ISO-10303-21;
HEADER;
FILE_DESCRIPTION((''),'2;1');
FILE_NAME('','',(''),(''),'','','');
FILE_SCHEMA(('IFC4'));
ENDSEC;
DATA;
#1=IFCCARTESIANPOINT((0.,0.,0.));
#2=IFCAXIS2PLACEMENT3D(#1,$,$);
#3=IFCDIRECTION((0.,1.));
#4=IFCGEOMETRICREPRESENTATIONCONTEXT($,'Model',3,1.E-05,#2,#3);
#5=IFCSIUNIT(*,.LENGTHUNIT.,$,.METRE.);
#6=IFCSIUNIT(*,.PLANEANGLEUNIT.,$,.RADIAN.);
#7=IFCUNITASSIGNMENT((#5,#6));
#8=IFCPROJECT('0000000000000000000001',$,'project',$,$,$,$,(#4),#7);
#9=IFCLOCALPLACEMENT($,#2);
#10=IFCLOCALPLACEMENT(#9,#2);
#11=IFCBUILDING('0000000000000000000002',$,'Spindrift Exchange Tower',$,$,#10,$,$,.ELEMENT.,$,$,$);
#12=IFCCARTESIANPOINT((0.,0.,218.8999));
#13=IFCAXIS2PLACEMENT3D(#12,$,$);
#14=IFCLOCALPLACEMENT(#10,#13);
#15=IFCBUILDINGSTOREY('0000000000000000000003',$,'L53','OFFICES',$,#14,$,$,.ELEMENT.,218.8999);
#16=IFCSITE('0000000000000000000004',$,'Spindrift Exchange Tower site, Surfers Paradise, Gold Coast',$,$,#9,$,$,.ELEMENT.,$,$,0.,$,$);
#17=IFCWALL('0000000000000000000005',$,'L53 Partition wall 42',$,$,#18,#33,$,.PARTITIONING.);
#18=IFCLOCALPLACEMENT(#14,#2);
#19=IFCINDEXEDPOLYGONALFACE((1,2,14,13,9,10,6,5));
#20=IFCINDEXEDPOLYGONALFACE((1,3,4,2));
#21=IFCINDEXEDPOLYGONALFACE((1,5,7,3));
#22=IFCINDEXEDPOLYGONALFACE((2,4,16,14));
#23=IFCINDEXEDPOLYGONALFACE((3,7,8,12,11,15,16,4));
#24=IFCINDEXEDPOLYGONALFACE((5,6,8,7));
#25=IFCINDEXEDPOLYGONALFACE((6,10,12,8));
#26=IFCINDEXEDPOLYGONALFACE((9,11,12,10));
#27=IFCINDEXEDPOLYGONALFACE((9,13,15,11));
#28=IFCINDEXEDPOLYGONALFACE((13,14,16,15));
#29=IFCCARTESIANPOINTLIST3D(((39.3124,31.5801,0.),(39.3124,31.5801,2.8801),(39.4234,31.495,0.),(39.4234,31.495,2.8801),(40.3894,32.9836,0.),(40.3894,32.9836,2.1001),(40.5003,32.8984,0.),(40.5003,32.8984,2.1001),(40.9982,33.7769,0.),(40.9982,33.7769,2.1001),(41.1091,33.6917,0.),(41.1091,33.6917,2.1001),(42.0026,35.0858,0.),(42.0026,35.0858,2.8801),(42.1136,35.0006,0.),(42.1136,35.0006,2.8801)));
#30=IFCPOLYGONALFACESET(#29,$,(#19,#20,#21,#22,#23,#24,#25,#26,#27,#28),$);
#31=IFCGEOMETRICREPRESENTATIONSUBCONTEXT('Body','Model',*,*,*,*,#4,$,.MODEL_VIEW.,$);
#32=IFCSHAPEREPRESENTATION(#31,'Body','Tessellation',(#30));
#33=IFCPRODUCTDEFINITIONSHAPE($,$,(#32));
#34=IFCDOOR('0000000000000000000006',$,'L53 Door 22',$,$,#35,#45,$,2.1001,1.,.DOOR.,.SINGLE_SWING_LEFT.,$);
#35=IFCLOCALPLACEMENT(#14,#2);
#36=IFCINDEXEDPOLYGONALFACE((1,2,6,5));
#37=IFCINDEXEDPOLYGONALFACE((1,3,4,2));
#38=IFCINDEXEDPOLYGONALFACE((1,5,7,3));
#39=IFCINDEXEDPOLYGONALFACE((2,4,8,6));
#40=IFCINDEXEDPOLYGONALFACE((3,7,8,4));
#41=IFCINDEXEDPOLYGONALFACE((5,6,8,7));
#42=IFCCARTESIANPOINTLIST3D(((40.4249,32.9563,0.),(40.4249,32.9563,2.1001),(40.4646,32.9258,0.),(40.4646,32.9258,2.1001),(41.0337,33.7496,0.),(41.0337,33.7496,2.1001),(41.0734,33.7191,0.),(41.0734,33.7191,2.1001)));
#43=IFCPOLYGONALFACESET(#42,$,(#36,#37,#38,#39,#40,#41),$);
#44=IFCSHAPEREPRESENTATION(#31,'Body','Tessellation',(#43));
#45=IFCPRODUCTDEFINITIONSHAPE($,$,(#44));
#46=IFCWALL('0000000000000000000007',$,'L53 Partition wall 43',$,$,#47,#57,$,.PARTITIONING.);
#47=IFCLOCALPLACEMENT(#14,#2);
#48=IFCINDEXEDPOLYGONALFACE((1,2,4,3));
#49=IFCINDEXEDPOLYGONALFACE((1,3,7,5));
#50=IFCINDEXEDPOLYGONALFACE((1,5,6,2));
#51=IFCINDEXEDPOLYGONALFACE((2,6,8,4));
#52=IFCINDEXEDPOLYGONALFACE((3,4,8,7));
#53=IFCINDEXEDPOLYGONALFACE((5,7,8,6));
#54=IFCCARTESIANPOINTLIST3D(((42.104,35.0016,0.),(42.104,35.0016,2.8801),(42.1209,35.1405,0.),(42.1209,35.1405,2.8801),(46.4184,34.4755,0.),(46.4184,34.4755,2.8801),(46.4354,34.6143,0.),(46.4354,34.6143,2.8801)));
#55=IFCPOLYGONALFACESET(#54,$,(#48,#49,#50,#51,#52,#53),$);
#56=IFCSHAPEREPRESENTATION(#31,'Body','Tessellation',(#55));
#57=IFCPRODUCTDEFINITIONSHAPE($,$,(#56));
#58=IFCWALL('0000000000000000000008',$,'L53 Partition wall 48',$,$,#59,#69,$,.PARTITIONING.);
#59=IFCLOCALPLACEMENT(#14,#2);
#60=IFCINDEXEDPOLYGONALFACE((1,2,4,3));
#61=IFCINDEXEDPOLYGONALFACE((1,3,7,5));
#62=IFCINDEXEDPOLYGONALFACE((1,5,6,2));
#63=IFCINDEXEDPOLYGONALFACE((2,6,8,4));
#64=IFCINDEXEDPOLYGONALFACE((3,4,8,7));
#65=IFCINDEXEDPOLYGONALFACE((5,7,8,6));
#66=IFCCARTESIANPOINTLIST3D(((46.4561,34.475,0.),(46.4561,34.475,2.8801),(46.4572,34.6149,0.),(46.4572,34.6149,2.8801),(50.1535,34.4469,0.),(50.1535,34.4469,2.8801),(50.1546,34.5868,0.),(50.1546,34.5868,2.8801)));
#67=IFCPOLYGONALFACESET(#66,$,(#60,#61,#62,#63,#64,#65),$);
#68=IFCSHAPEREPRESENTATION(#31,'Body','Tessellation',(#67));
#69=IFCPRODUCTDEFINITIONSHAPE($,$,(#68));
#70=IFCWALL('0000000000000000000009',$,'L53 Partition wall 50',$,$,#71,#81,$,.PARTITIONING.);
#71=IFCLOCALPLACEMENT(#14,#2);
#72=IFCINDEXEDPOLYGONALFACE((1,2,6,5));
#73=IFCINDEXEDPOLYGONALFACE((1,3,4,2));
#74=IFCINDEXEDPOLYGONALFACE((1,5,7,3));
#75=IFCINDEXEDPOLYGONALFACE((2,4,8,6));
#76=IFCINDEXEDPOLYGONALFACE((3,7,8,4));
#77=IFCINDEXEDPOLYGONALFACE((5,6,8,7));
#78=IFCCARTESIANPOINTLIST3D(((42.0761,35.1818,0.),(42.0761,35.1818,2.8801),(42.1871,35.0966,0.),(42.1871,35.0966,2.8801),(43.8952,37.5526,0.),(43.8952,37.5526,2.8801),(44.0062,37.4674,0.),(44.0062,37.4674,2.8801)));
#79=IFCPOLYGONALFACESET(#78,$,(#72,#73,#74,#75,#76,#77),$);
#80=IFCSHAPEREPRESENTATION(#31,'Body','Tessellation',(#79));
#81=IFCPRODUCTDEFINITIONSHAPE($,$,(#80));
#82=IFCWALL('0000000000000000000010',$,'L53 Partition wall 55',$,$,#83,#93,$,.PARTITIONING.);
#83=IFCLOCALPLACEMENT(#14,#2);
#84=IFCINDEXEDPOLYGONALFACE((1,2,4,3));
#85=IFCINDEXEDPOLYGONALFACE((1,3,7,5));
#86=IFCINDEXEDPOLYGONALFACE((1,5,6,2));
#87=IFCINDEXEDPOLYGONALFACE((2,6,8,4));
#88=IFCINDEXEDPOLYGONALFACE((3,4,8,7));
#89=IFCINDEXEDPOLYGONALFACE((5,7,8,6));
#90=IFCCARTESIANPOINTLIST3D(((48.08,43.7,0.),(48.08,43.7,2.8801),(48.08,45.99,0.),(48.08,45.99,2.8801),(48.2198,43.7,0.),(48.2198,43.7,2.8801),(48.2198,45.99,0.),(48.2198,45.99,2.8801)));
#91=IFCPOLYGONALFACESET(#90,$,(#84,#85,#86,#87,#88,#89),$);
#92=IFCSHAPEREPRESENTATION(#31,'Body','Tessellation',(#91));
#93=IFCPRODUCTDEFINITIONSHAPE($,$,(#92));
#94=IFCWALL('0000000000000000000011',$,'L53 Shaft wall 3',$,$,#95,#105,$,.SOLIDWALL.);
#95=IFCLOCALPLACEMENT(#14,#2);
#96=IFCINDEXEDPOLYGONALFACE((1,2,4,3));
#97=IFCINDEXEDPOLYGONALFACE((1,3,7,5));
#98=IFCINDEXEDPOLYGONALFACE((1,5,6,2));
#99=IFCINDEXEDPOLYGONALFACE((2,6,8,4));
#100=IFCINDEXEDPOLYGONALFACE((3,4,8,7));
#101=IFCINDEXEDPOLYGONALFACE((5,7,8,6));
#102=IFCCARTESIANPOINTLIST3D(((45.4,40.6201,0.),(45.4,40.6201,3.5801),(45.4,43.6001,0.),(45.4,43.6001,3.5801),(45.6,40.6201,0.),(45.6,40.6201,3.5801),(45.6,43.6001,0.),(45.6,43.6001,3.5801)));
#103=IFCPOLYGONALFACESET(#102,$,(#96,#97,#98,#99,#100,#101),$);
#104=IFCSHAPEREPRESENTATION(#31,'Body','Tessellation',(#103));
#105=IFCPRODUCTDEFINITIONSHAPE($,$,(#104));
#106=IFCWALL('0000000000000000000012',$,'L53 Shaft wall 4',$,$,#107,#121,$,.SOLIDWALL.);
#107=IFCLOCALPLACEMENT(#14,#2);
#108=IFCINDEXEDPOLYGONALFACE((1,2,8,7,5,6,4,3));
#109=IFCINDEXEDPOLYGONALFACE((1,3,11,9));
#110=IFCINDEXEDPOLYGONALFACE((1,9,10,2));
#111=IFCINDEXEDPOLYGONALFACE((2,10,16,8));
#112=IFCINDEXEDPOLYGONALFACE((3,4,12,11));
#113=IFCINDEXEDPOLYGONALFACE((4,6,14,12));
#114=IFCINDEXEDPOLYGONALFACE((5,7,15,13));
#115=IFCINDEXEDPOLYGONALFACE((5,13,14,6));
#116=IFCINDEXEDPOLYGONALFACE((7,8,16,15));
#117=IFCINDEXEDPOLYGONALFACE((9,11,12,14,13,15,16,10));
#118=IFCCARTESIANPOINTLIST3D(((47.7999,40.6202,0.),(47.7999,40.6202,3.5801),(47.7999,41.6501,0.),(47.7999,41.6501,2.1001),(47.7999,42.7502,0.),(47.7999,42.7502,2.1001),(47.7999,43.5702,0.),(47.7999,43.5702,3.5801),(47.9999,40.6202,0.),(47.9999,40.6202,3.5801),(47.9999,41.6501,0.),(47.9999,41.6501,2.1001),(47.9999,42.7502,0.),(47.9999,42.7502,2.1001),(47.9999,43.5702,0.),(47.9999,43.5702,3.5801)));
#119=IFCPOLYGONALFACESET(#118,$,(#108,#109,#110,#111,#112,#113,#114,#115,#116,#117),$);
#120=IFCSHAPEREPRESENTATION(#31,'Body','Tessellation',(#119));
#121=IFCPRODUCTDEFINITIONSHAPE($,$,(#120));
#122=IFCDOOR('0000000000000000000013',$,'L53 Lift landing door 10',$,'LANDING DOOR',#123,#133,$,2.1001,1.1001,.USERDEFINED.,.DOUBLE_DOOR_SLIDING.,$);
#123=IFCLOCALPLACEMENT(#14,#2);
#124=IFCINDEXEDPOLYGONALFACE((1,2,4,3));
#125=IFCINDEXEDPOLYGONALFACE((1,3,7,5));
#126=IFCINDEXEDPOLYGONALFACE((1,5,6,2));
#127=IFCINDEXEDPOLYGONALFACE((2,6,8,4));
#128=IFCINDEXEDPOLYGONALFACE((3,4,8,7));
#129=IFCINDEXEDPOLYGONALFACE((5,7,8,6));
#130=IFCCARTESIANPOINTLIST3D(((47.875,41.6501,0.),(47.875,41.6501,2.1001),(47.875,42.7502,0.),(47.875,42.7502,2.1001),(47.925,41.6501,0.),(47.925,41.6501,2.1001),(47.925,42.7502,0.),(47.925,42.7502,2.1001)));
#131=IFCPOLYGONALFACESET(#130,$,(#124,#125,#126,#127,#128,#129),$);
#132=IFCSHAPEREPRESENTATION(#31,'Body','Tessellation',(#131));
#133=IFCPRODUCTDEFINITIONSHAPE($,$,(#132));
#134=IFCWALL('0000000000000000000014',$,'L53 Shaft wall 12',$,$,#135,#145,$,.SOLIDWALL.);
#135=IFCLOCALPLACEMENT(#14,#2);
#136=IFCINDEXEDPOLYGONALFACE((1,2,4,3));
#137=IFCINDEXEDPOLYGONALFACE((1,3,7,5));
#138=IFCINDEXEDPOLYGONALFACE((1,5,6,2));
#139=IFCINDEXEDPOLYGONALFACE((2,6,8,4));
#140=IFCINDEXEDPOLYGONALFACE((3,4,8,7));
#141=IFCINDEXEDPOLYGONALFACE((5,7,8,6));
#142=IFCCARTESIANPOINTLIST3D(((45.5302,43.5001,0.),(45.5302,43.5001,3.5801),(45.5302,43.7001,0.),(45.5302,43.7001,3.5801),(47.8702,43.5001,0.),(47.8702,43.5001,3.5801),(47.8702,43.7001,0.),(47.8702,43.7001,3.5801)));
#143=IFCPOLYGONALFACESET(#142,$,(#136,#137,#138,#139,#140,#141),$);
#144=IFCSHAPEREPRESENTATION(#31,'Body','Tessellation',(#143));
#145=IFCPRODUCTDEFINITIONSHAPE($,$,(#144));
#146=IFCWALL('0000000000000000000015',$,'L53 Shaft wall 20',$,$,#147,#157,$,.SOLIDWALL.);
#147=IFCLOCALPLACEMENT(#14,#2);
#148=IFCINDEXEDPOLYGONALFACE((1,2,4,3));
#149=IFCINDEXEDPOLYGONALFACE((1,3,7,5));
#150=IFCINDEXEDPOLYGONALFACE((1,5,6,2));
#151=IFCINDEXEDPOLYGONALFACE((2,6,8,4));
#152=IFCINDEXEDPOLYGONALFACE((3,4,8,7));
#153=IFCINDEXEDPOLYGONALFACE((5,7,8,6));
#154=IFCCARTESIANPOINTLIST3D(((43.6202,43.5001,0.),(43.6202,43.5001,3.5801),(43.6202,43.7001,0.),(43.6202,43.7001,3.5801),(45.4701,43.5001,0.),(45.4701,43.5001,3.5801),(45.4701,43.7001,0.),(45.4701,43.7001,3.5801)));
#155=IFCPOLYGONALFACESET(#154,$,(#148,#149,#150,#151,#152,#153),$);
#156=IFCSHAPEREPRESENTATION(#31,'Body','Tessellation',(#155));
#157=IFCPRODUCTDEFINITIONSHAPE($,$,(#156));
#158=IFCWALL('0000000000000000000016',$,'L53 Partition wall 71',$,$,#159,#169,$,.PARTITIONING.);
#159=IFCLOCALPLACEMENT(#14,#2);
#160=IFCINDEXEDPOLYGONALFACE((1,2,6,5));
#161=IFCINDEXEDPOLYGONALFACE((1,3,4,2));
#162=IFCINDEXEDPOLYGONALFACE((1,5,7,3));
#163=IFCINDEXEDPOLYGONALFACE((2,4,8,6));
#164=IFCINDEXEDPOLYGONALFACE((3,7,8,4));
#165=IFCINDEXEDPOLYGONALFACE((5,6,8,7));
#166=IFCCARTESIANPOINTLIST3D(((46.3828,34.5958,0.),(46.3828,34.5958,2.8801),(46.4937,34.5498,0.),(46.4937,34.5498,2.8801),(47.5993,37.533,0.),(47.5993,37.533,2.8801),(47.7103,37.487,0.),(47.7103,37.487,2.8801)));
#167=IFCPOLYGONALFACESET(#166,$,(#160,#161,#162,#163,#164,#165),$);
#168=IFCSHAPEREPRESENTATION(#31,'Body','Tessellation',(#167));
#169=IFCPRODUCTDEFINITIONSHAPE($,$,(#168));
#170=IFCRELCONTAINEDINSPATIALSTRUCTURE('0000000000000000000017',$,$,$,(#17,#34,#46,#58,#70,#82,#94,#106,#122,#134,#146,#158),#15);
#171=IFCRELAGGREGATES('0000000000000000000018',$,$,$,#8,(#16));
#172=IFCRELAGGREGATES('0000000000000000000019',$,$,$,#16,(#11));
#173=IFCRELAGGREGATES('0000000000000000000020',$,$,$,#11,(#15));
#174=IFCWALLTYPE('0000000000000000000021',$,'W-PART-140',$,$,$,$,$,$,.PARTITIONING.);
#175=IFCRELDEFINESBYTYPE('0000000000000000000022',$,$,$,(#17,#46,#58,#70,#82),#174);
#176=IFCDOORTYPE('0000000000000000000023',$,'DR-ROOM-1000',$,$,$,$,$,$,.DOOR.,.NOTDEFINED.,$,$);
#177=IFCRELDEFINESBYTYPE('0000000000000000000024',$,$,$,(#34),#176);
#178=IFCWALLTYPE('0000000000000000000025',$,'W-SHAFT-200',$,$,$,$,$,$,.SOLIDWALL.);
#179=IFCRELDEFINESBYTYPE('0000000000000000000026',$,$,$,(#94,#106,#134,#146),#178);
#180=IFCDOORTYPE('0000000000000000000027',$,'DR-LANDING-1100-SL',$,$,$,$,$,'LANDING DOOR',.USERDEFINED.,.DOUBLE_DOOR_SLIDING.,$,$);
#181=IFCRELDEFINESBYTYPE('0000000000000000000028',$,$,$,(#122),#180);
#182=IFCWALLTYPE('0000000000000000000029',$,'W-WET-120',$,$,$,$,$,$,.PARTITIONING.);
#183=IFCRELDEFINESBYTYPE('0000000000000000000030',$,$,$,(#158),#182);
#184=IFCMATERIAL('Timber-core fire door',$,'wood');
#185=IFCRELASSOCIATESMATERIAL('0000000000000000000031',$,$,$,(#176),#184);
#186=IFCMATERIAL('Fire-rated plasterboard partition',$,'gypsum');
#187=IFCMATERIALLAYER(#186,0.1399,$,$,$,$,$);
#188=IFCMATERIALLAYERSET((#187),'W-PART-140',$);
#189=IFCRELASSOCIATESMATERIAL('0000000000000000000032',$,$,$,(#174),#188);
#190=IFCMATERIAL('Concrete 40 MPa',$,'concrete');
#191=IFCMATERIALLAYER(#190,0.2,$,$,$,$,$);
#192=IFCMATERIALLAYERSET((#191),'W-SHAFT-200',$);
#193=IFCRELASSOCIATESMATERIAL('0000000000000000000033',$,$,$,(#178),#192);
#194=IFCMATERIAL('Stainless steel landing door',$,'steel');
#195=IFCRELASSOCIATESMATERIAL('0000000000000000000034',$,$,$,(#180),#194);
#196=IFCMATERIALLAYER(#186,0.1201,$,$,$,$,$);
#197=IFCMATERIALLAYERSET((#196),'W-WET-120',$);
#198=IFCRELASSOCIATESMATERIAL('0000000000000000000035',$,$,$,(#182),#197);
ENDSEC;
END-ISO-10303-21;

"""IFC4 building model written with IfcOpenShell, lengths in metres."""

from ifc_helpers import new_model, si_unit, direction, frame, frame_2d, origin, place, context, subcontext, project, spatial, rectangle, extrude, source, transform, mapped, material, layer, layer_set, type_object, element, fill, save


model = new_model("IFC4")

# Units and contexts
model_context = context("Model", 3, precision=1e-05, world=origin(), true_north=direction((0.0, 1.0)))
body_context = subcontext(model_context, "Body", "Model", "MODEL_VIEW")
ifc_project = project(units=[si_unit("LENGTHUNIT", "METRE"), si_unit("PLANEANGLEUNIT", "RADIAN")], contexts=[model_context])

# Site, building, storey
site_placement = place(None, origin())
site = spatial("IfcSite", under=ifc_project, at=site_placement, Name="Spindrift Exchange Tower site, Surfers Paradise, Gold Coast", CompositionType="ELEMENT", RefElevation=0.0)
building_placement = place(site_placement, origin())
building = spatial("IfcBuilding", under=site, at=building_placement, Name="Spindrift Exchange Tower", CompositionType="ELEMENT")
storey_placement = place(building_placement, frame((0.0, 0.0, 218.8999)))
storey = spatial("IfcBuildingStorey", under=building, at=storey_placement, Name="L53", Description="OFFICES", CompositionType="ELEMENT", Elevation=218.8999)

# Shared definitions
ifc_material_1 = material(Name="Timber-core fire door", Category="wood")
ifc_material_2 = material(Name="Fire-rated plasterboard partition", Category="gypsum")
door_type_1 = type_object("IfcDoorType", Name="DR-ROOM-1000", OperationType="NOTDEFINED", PredefinedType="DOOR", material=ifc_material_1)
shared_shape_1 = source(origin(), body_context, "Body", "SweptSolid", [
    extrude(rectangle(XDim=1.0, YDim=2.1001, at=frame_2d((0.5, 1.05))), frame((0.0, 0.0249, 0.0), z_axis=(0.0, -1.0, 0.0), x_axis=(1.0, 0.0, 0.0)), (0.0, 0.0, 1.0), 0.05),
])

# Wall, opening, door
ifc_layer_1 = layer(ifc_material_2, 0.1399)
ifc_layer_set_1 = layer_set([ifc_layer_1], Name="W-PART-140")
wall_type_1 = type_object("IfcWallType", Name="W-PART-140", PredefinedType="PARTITIONING", material=ifc_layer_set_1)
wall_1_placement = place(storey_placement, frame((42.0581, 35.0432, 0.0), z_axis=(0.0, 0.0, 1.0), x_axis=(-0.608795, -0.793328, 0.0)))
wall_1 = element("IfcWall", 1, at=wall_1_placement, inside=storey, type_object=wall_type_1, Name="L53 Partition wall 42", PredefinedType="PARTITIONING", context=body_context, shape_type="SweptSolid", body=[
    extrude(rectangle(XDim=4.4189, YDim=0.1399, at=frame_2d((2.2095, 0.0))), origin(), (0.0, 0.0, 1.0), 2.8801),
])
opening_1_placement = place(wall_1_placement, frame((1.6499, 0.0, 0.0)))
opening_1 = element("IfcOpeningElement", 2, at=opening_1_placement, cuts=wall_1, PredefinedType="OPENING", context=body_context, shape_type="SweptSolid", body=[
    extrude(rectangle(XDim=1.0, YDim=2.1001, at=frame_2d((0.5, 1.05))), frame((0.0, 0.0798, 0.0), z_axis=(0.0, -1.0, 0.0), x_axis=(1.0, 0.0, 0.0)), (0.0, 0.0, 1.0), 0.1599),
])
door_1_placement = place(opening_1_placement, origin())
door_1 = element("IfcDoor", 3, at=door_1_placement, inside=storey, type_object=door_type_1, Name="L53 Door 22", OperationType="SINGLE_SWING_LEFT", OverallHeight=2.1001, OverallWidth=1.0, PredefinedType="DOOR", context=body_context, shape_type="MappedRepresentation", body=[
    mapped(shared_shape_1, transform((0.0, 0.0, 0.0), scale=1.0)),
])
fill(opening_1, door_1)

# Walls
wall_2_placement = place(storey_placement, frame((42.1123, 35.071, 0.0), z_axis=(0.0, 0.0, 1.0), x_axis=(0.992647, -0.121048, 0.0)))
element("IfcWall", 4, at=wall_2_placement, inside=storey, type_object=wall_type_1, Name="L53 Partition wall 43", PredefinedType="PARTITIONING", context=body_context, shape_type="SweptSolid", body=[
    extrude(rectangle(XDim=4.3464, YDim=0.1399, at=frame_2d((2.1733, 0.0))), origin(), (0.0, 0.0, 1.0), 2.8801),
])
wall_3_placement = place(storey_placement, frame((46.4568, 34.5449, 0.0), z_axis=(0.0, 0.0, 1.0), x_axis=(0.999971, -0.007593, 0.0)))
element("IfcWall", 5, at=wall_3_placement, inside=storey, type_object=wall_type_1, Name="L53 Partition wall 48", PredefinedType="PARTITIONING", context=body_context, shape_type="SweptSolid", body=[
    extrude(rectangle(XDim=3.6975, YDim=0.1399, at=frame_2d((1.8486, 0.0))), origin(), (0.0, 0.0, 1.0), 2.8801),
])
wall_4_placement = place(storey_placement, frame((43.9507, 37.51, 0.0), z_axis=(0.0, 0.0, 1.0), x_axis=(-0.608735, -0.793374, 0.0)))
element("IfcWall", 6, at=wall_4_placement, inside=storey, type_object=wall_type_1, Name="L53 Partition wall 50", PredefinedType="PARTITIONING", context=body_context, shape_type="SweptSolid", body=[
    extrude(rectangle(XDim=2.9883, YDim=0.1399, at=frame_2d((1.4941, 0.0))), origin(), (0.0, 0.0, 1.0), 2.8801),
])
wall_5_placement = place(storey_placement, frame((48.1499, 43.7, 0.0), z_axis=(0.0, 0.0, 1.0), x_axis=(0.0, 1.0, 0.0)))
element("IfcWall", 7, at=wall_5_placement, inside=storey, type_object=wall_type_1, Name="L53 Partition wall 55", PredefinedType="PARTITIONING", context=body_context, shape_type="SweptSolid", body=[
    extrude(rectangle(XDim=2.29, YDim=0.1399, at=frame_2d((1.145, 0.0))), origin(), (0.0, 0.0, 1.0), 2.8801),
])
ifc_material_3 = material(Name="Concrete 40 MPa", Category="concrete")
ifc_layer_2 = layer(ifc_material_3, 0.2)
ifc_layer_set_2 = layer_set([ifc_layer_2], Name="W-SHAFT-200")
wall_type_2 = type_object("IfcWallType", Name="W-SHAFT-200", PredefinedType="SOLIDWALL", material=ifc_layer_set_2)
wall_6_placement = place(storey_placement, frame((45.5, 43.6001, 0.0), z_axis=(0.0, 0.0, 1.0), x_axis=(0.0, -1.0, 0.0)))
element("IfcWall", 8, at=wall_6_placement, inside=storey, type_object=wall_type_2, Name="L53 Shaft wall 3", PredefinedType="SOLIDWALL", context=body_context, shape_type="SweptSolid", body=[
    extrude(rectangle(XDim=2.98, YDim=0.2, at=frame_2d((1.49, 0.0))), origin(), (0.0, 0.0, 1.0), 3.5801),
])

# Wall, opening, door
wall_7_placement = place(storey_placement, frame((47.8999, 40.6201, 0.0), z_axis=(0.0, 0.0, 1.0), x_axis=(0.0, 1.0, 0.0)))
wall_7 = element("IfcWall", 9, at=wall_7_placement, inside=storey, type_object=wall_type_2, Name="L53 Shaft wall 4", PredefinedType="SOLIDWALL", context=body_context, shape_type="SweptSolid", body=[
    extrude(rectangle(XDim=2.95, YDim=0.2, at=frame_2d((1.4751, 0.0))), origin(), (0.0, 0.0, 1.0), 3.5801),
])
opening_2_placement = place(wall_7_placement, frame((1.03, 0.0, 0.0)))
opening_2 = element("IfcOpeningElement", 10, at=opening_2_placement, cuts=wall_7, PredefinedType="OPENING", context=body_context, shape_type="SweptSolid", body=[
    extrude(rectangle(XDim=1.1001, YDim=2.1001, at=frame_2d((0.55, 1.05))), frame((0.0, 0.1099, 0.0), z_axis=(0.0, -1.0, 0.0), x_axis=(1.0, 0.0, 0.0)), (0.0, 0.0, 1.0), 0.22),
])
ifc_material_4 = material(Name="Stainless steel landing door", Category="steel")
door_type_2 = type_object("IfcDoorType", Name="DR-LANDING-1100-SL", ElementType="LANDING DOOR", OperationType="DOUBLE_DOOR_SLIDING", PredefinedType="USERDEFINED", material=ifc_material_4)
shared_shape_2 = source(origin(), body_context, "Body", "SweptSolid", [
    extrude(rectangle(XDim=1.1001, YDim=2.1001, at=frame_2d((0.55, 1.05))), frame((0.0, 0.0249, 0.0), z_axis=(0.0, -1.0, 0.0), x_axis=(1.0, 0.0, 0.0)), (0.0, 0.0, 1.0), 0.05),
])
door_2_placement = place(opening_2_placement, origin())
door_2 = element("IfcDoor", 11, at=door_2_placement, inside=storey, type_object=door_type_2, Name="L53 Lift landing door 10", ObjectType="LANDING DOOR", OperationType="DOUBLE_DOOR_SLIDING", OverallHeight=2.1001, OverallWidth=1.1001, PredefinedType="USERDEFINED", context=body_context, shape_type="MappedRepresentation", body=[
    mapped(shared_shape_2, transform((0.0, 0.0, 0.0), scale=1.0)),
])
fill(opening_2, door_2)

# Walls
wall_8_placement = place(storey_placement, frame((47.8701, 43.6001, 0.0), z_axis=(0.0, 0.0, 1.0), x_axis=(-1.0, 0.0, 0.0)))
element("IfcWall", 12, at=wall_8_placement, inside=storey, type_object=wall_type_2, Name="L53 Shaft wall 12", PredefinedType="SOLIDWALL", context=body_context, shape_type="SweptSolid", body=[
    extrude(rectangle(XDim=2.3401, YDim=0.2, at=frame_2d((1.1699, 0.0))), origin(), (0.0, 0.0, 1.0), 3.5801),
])
wall_9_placement = place(storey_placement, frame((45.47, 43.6001, 0.0), z_axis=(0.0, 0.0, 1.0), x_axis=(-1.0, 0.0, 0.0)))
element("IfcWall", 13, at=wall_9_placement, inside=storey, type_object=wall_type_2, Name="L53 Shaft wall 20", PredefinedType="SOLIDWALL", context=body_context, shape_type="SweptSolid", body=[
    extrude(rectangle(XDim=1.8499, YDim=0.2, at=frame_2d((0.9248, 0.0))), origin(), (0.0, 0.0, 1.0), 3.5801),
])
ifc_layer_3 = layer(ifc_material_2, 0.1201)
ifc_layer_set_3 = layer_set([ifc_layer_3], Name="W-WET-120")
wall_type_3 = type_object("IfcWallType", Name="W-WET-120", PredefinedType="PARTITIONING", material=ifc_layer_set_3)
wall_10_placement = place(storey_placement, frame((47.6548, 37.51, 0.0), z_axis=(0.0, 0.0, 1.0), x_axis=(-0.382657, -0.92389, 0.0)))
element("IfcWall", 14, at=wall_10_placement, inside=storey, type_object=wall_type_3, Name="L53 Partition wall 71", PredefinedType="PARTITIONING", context=body_context, shape_type="SweptSolid", body=[
    extrude(rectangle(XDim=3.1792, YDim=0.1201, at=frame_2d((1.5896, 0.0))), origin(), (0.0, 0.0, 1.0), 2.8801),
])

save(model, "model.ifc")
